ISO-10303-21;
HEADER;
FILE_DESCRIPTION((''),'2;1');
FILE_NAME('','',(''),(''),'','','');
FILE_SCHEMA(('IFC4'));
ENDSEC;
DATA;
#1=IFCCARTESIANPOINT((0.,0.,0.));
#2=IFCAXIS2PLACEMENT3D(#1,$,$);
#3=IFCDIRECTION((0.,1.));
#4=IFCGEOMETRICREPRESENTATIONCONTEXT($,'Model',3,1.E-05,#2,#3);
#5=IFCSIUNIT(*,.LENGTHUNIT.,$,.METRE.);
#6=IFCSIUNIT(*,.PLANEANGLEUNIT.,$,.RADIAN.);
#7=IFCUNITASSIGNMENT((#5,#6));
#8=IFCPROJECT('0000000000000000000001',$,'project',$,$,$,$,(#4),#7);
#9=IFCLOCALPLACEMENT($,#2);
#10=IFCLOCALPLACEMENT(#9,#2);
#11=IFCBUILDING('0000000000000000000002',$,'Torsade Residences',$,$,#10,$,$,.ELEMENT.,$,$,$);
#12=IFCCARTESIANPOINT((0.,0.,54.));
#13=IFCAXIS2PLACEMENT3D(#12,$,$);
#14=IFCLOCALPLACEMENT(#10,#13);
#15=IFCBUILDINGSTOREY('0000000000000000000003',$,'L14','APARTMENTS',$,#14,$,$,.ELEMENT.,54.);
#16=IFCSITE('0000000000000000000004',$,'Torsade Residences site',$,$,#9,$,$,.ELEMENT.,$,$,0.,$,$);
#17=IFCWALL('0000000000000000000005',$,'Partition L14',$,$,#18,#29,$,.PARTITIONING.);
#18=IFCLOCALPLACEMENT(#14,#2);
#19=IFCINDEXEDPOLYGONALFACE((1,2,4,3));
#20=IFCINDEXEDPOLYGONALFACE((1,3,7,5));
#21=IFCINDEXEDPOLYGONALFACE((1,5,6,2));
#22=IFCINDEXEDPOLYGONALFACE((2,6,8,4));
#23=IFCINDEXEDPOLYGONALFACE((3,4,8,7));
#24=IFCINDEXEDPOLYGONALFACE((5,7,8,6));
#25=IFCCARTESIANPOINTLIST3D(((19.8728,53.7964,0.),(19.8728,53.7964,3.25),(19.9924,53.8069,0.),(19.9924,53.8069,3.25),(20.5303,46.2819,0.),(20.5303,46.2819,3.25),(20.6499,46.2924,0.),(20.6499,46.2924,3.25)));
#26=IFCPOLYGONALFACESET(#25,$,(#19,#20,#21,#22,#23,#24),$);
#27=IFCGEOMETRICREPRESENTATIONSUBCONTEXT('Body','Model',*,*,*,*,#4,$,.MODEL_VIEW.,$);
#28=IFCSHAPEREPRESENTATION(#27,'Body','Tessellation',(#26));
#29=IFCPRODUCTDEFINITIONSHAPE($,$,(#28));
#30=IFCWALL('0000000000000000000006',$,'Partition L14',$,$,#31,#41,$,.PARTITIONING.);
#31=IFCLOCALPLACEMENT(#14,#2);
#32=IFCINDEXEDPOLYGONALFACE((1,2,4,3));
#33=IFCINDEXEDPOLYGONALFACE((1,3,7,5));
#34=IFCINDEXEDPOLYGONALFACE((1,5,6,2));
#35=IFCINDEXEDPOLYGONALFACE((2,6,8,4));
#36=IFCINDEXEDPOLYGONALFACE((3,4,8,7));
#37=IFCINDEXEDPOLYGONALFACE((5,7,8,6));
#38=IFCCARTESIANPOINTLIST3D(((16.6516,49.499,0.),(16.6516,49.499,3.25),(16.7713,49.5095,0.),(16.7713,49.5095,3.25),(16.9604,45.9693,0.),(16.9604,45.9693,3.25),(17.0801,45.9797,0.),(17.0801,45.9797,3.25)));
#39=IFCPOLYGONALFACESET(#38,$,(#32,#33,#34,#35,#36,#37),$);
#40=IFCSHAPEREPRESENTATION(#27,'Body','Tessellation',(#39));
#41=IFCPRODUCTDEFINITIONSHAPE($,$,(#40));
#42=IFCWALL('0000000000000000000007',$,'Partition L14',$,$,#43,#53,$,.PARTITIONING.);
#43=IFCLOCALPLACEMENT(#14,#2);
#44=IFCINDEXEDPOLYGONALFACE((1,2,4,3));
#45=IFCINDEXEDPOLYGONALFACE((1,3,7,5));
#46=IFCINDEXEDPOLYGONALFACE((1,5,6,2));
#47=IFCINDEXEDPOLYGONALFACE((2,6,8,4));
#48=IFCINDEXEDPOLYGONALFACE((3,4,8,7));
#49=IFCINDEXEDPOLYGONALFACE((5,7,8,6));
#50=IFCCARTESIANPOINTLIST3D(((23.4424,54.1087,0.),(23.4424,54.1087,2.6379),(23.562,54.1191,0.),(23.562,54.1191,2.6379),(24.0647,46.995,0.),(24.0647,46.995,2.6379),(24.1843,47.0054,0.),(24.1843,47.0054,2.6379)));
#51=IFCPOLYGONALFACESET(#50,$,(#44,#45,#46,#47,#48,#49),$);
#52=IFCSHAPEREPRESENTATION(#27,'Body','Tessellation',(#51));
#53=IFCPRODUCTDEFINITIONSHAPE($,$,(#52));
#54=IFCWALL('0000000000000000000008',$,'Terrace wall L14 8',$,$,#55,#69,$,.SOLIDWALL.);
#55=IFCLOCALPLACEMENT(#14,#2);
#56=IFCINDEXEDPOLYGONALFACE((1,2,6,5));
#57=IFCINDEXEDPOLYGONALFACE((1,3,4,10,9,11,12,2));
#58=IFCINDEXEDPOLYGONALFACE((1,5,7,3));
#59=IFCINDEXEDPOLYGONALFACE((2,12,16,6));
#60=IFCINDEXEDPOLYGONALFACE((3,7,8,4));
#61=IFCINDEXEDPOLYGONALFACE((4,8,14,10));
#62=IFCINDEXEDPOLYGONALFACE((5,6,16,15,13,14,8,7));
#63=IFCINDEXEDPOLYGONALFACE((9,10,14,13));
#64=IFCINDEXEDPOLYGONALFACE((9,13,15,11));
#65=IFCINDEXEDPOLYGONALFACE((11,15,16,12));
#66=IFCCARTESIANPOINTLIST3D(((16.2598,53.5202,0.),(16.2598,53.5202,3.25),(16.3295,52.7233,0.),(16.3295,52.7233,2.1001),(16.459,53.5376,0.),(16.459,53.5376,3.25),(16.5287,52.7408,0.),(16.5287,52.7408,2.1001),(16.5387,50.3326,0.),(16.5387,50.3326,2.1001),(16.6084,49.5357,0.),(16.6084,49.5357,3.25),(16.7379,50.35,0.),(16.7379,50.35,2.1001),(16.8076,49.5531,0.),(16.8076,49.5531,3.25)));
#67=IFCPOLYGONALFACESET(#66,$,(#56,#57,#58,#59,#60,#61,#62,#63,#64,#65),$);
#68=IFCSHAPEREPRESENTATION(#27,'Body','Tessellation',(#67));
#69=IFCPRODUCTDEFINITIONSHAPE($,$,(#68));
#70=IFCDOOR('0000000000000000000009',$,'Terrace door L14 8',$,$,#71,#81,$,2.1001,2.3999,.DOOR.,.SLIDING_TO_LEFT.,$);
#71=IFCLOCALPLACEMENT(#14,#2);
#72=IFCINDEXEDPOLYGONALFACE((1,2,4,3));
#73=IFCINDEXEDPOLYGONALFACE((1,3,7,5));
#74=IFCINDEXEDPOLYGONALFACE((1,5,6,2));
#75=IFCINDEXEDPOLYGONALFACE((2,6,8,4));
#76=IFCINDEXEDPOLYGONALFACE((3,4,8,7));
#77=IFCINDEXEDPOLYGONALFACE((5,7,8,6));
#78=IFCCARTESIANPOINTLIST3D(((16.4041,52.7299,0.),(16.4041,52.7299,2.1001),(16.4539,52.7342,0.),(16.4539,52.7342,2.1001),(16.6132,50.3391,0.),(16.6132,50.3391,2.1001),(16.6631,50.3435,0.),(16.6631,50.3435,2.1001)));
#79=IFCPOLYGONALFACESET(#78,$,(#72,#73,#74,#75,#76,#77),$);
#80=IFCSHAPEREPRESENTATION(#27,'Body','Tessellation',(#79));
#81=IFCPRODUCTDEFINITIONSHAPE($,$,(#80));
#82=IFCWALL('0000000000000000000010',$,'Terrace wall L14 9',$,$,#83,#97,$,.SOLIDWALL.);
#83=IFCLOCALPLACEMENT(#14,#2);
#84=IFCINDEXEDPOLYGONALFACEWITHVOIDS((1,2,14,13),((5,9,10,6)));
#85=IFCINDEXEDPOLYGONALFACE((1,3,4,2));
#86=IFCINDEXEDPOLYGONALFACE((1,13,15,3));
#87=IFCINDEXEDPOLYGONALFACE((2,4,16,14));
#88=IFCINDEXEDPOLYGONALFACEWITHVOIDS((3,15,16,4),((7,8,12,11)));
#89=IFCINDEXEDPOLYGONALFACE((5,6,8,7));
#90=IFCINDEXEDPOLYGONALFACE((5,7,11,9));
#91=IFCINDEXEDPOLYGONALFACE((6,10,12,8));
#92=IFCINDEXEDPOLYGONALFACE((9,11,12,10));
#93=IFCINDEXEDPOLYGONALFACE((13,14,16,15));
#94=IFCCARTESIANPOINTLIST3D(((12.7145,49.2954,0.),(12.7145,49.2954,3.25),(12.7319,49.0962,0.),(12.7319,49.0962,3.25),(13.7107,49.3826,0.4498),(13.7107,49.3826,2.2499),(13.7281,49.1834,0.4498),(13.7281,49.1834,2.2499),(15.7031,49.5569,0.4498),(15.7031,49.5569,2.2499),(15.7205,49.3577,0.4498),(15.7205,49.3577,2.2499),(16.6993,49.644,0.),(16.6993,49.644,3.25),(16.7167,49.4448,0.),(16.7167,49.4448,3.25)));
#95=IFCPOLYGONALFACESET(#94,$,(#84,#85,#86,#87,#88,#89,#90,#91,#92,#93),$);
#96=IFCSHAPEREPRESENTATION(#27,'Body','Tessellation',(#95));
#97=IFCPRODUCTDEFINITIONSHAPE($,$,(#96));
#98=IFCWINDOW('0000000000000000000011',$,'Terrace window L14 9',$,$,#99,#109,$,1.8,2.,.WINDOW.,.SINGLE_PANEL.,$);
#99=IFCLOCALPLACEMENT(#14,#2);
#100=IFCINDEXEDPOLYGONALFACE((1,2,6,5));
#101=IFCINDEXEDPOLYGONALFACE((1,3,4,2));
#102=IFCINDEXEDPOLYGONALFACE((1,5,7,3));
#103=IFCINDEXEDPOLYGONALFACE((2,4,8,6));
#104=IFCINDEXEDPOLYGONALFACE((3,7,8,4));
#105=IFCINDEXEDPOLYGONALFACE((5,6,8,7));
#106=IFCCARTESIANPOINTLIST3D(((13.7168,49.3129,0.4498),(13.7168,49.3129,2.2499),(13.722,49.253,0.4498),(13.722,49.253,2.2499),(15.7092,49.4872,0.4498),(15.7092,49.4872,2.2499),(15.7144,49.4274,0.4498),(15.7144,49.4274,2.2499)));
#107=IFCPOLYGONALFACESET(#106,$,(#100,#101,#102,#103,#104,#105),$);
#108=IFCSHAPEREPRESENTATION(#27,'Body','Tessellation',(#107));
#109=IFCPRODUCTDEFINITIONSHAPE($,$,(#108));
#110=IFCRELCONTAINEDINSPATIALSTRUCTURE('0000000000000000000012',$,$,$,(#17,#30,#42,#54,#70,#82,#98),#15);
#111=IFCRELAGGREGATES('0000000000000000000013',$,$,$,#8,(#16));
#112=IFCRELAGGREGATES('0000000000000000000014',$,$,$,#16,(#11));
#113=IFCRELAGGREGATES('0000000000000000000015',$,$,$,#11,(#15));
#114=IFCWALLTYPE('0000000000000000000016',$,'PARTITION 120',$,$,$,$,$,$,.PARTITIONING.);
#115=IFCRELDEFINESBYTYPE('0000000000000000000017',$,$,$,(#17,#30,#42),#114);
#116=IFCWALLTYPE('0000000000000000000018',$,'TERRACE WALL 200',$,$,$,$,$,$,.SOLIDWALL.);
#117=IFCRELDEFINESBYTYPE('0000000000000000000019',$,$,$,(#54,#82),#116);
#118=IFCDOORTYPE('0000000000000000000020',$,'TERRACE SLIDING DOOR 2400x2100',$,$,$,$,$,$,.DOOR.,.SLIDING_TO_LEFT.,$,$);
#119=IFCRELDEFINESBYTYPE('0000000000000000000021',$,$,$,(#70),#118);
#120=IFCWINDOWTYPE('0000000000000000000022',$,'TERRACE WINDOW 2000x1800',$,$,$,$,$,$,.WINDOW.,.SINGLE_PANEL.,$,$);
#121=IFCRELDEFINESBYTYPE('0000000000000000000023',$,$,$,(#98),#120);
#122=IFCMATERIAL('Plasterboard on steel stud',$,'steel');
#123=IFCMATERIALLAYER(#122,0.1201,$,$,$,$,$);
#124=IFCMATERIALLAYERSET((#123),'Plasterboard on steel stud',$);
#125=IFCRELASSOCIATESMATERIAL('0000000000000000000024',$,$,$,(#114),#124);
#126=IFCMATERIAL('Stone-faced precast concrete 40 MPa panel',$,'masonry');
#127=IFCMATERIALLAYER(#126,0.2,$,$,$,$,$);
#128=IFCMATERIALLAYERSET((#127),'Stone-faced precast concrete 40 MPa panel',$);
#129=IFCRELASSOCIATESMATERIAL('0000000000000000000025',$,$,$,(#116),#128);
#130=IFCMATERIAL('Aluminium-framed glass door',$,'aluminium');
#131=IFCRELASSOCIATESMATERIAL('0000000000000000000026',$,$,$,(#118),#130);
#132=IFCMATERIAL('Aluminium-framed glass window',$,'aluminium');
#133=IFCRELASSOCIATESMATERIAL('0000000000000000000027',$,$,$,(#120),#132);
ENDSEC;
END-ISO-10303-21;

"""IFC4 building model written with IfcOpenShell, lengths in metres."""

from ifc_helpers import new_model, si_unit, direction, frame, frame_2d, origin, place, context, subcontext, project, spatial, rectangle, extrude, material, layer, layer_set, type_object, element, fill, save


model = new_model("IFC4")

# Units and contexts
model_context = context("Model", 3, precision=1e-05, world=origin(), true_north=direction((0.0, 1.0)))
body_context = subcontext(model_context, "Body", "Model", "MODEL_VIEW")
ifc_project = project(units=[si_unit("LENGTHUNIT", "METRE"), si_unit("PLANEANGLEUNIT", "RADIAN")], contexts=[model_context])

# Site, building, storey
site_placement = place(None, origin())
site = spatial("IfcSite", under=ifc_project, at=site_placement, Name="Torsade Residences site", CompositionType="ELEMENT", RefElevation=0.0)
building_placement = place(site_placement, origin())
building = spatial("IfcBuilding", under=site, at=building_placement, Name="Torsade Residences", CompositionType="ELEMENT")
storey_placement = place(building_placement, frame((0.0, 0.0, 54.0)))
storey = spatial("IfcBuildingStorey", under=building, at=storey_placement, Name="L14", Description="APARTMENTS", CompositionType="ELEMENT", Elevation=54.0)

# Shared definitions
ifc_material_1 = material(Name="Plasterboard on steel stud", Category="steel")
ifc_layer_1 = layer(ifc_material_1, 0.1201)
ifc_layer_set_1 = layer_set([ifc_layer_1], Name="Plasterboard on steel stud")
wall_type_1 = type_object("IfcWallType", Name="PARTITION 120", PredefinedType="PARTITIONING", material=ifc_layer_set_1)

# Walls
wall_1_placement = place(storey_placement, frame((19.9326, 53.8015, 0.0), z_axis=(0.0, 0.0, 1.0), x_axis=(0.087162, -0.996194, 0.0)))
element("IfcWall", 1, at=wall_1_placement, inside=storey, type_object=wall_type_1, Name="Partition L14", PredefinedType="PARTITIONING", context=body_context, shape_type="SweptSolid", body=[
    extrude(rectangle(XDim=7.5432, YDim=0.1201, at=frame_2d((3.7715, 0.0))), origin(), (0.0, 0.0, 1.0), 3.25),
])
wall_2_placement = place(storey_placement, frame((17.0203, 45.9746, 0.0), z_axis=(0.0, 0.0, 1.0), x_axis=(-0.087162, 0.996194, 0.0)))
element("IfcWall", 2, at=wall_2_placement, inside=storey, type_object=wall_type_1, Name="Partition L14", PredefinedType="PARTITIONING", context=body_context, shape_type="SweptSolid", body=[
    extrude(rectangle(XDim=3.5432, YDim=0.1201, at=frame_2d((1.7715, 0.0))), origin(), (0.0, 0.0, 1.0), 3.25),
])
wall_3_placement = place(storey_placement, frame((23.5022, 54.1138, 0.0), z_axis=(0.0, 0.0, 1.0), x_axis=(0.087147, -0.996195, 0.0)))
element("IfcWall", 3, at=wall_3_placement, inside=storey, type_object=wall_type_1, Name="Partition L14", PredefinedType="PARTITIONING", context=body_context, shape_type="SweptSolid", body=[
    extrude(rectangle(XDim=7.1409, YDim=0.1201, at=frame_2d((3.5703, 0.0))), origin(), (0.0, 0.0, 1.0), 2.6379),
])

# Wall, opening, door
ifc_material_2 = material(Name="Stone-faced precast concrete 40 MPa panel", Category="masonry")
ifc_layer_2 = layer(ifc_material_2, 0.2)
ifc_layer_set_2 = layer_set([ifc_layer_2], Name="Stone-faced precast concrete 40 MPa panel")
wall_type_2 = type_object("IfcWallType", Name="TERRACE WALL 200", PredefinedType="SOLIDWALL", material=ifc_layer_set_2)
wall_4_placement = place(storey_placement, frame((16.3594, 53.5291, 0.0), z_axis=(0.0, 0.0, 1.0), x_axis=(0.087162, -0.996194, 0.0)))
wall_4 = element("IfcWall", 4, at=wall_4_placement, inside=storey, type_object=wall_type_2, Name="Terrace wall L14 8", PredefinedType="SOLIDWALL", context=body_context, shape_type="SweptSolid", body=[
    extrude(rectangle(XDim=3.9998, YDim=0.2, at=frame_2d((2.0, 0.0))), origin(), (0.0, 0.0, 1.0), 3.25),
])
opening_1_placement = place(wall_4_placement, frame((0.8, 0.0, 0.0)))
opening_1 = element("IfcOpeningElement", 5, at=opening_1_placement, cuts=wall_4, PredefinedType="OPENING", context=body_context, shape_type="SweptSolid", body=[
    extrude(rectangle(XDim=2.3999, YDim=2.1001, at=frame_2d((1.2, 1.05))), frame((0.0, 0.1099, 0.0), z_axis=(0.0, -1.0, 0.0), x_axis=(1.0, 0.0, 0.0)), (0.0, 0.0, 1.0), 0.22),
])
ifc_material_3 = material(Name="Aluminium-framed glass door", Category="aluminium")
door_type_1 = type_object("IfcDoorType", Name="TERRACE SLIDING DOOR 2400x2100", OperationType="SLIDING_TO_LEFT", PredefinedType="DOOR", material=ifc_material_3)
door_1_placement = place(opening_1_placement, origin())
door_1 = element("IfcDoor", 6, at=door_1_placement, inside=storey, type_object=door_type_1, Name="Terrace door L14 8", OperationType="SLIDING_TO_LEFT", OverallHeight=2.1001, OverallWidth=2.3999, PredefinedType="DOOR", context=body_context, shape_type="SweptSolid", body=[
    extrude(rectangle(XDim=2.3999, YDim=2.1001, at=frame_2d((1.2, 1.05))), frame((0.0, 0.0249, 0.0), z_axis=(0.0, -1.0, 0.0), x_axis=(1.0, 0.0, 0.0)), (0.0, 0.0, 1.0), 0.05),
])
fill(opening_1, door_1)

# Wall, opening, window
wall_5_placement = place(storey_placement, frame((16.708, 49.5444, 0.0), z_axis=(0.0, 0.0, 1.0), x_axis=(-0.996195, -0.087156, 0.0)))
wall_5 = element("IfcWall", 7, at=wall_5_placement, inside=storey, type_object=wall_type_2, Name="Terrace wall L14 9", PredefinedType="SOLIDWALL", context=body_context, shape_type="SweptSolid", body=[
    extrude(rectangle(XDim=4.0, YDim=0.2, at=frame_2d((2.0, 0.0))), origin(), (0.0, 0.0, 1.0), 3.25),
])
opening_2_placement = place(wall_5_placement, frame((1.0, 0.0, 0.45)))
opening_2 = element("IfcOpeningElement", 8, at=opening_2_placement, cuts=wall_5, PredefinedType="OPENING", context=body_context, shape_type="SweptSolid", body=[
    extrude(rectangle(XDim=2.0, YDim=1.8, at=frame_2d((1.0, 0.8999))), frame((0.0, 0.1099, 0.0), z_axis=(0.0, -1.0, 0.0), x_axis=(1.0, 0.0, 0.0)), (0.0, 0.0, 1.0), 0.22),
])
ifc_material_4 = material(Name="Aluminium-framed glass window", Category="aluminium")
window_type = type_object("IfcWindowType", Name="TERRACE WINDOW 2000x1800", PartitioningType="SINGLE_PANEL", PredefinedType="WINDOW", material=ifc_material_4)
window_placement = place(opening_2_placement, origin())
window = element("IfcWindow", 9, at=window_placement, inside=storey, type_object=window_type, Name="Terrace window L14 9", OverallHeight=1.8, OverallWidth=2.0, PartitioningType="SINGLE_PANEL", PredefinedType="WINDOW", context=body_context, shape_type="SweptSolid", body=[
    extrude(rectangle(XDim=2.0, YDim=1.8, at=frame_2d((1.0, 0.8999))), frame((0.0, 0.03, 0.0), z_axis=(0.0, -1.0, 0.0), x_axis=(1.0, 0.0, 0.0)), (0.0, 0.0, 1.0), 0.0601),
])
fill(opening_2, window)

save(model, "model.ifc")
